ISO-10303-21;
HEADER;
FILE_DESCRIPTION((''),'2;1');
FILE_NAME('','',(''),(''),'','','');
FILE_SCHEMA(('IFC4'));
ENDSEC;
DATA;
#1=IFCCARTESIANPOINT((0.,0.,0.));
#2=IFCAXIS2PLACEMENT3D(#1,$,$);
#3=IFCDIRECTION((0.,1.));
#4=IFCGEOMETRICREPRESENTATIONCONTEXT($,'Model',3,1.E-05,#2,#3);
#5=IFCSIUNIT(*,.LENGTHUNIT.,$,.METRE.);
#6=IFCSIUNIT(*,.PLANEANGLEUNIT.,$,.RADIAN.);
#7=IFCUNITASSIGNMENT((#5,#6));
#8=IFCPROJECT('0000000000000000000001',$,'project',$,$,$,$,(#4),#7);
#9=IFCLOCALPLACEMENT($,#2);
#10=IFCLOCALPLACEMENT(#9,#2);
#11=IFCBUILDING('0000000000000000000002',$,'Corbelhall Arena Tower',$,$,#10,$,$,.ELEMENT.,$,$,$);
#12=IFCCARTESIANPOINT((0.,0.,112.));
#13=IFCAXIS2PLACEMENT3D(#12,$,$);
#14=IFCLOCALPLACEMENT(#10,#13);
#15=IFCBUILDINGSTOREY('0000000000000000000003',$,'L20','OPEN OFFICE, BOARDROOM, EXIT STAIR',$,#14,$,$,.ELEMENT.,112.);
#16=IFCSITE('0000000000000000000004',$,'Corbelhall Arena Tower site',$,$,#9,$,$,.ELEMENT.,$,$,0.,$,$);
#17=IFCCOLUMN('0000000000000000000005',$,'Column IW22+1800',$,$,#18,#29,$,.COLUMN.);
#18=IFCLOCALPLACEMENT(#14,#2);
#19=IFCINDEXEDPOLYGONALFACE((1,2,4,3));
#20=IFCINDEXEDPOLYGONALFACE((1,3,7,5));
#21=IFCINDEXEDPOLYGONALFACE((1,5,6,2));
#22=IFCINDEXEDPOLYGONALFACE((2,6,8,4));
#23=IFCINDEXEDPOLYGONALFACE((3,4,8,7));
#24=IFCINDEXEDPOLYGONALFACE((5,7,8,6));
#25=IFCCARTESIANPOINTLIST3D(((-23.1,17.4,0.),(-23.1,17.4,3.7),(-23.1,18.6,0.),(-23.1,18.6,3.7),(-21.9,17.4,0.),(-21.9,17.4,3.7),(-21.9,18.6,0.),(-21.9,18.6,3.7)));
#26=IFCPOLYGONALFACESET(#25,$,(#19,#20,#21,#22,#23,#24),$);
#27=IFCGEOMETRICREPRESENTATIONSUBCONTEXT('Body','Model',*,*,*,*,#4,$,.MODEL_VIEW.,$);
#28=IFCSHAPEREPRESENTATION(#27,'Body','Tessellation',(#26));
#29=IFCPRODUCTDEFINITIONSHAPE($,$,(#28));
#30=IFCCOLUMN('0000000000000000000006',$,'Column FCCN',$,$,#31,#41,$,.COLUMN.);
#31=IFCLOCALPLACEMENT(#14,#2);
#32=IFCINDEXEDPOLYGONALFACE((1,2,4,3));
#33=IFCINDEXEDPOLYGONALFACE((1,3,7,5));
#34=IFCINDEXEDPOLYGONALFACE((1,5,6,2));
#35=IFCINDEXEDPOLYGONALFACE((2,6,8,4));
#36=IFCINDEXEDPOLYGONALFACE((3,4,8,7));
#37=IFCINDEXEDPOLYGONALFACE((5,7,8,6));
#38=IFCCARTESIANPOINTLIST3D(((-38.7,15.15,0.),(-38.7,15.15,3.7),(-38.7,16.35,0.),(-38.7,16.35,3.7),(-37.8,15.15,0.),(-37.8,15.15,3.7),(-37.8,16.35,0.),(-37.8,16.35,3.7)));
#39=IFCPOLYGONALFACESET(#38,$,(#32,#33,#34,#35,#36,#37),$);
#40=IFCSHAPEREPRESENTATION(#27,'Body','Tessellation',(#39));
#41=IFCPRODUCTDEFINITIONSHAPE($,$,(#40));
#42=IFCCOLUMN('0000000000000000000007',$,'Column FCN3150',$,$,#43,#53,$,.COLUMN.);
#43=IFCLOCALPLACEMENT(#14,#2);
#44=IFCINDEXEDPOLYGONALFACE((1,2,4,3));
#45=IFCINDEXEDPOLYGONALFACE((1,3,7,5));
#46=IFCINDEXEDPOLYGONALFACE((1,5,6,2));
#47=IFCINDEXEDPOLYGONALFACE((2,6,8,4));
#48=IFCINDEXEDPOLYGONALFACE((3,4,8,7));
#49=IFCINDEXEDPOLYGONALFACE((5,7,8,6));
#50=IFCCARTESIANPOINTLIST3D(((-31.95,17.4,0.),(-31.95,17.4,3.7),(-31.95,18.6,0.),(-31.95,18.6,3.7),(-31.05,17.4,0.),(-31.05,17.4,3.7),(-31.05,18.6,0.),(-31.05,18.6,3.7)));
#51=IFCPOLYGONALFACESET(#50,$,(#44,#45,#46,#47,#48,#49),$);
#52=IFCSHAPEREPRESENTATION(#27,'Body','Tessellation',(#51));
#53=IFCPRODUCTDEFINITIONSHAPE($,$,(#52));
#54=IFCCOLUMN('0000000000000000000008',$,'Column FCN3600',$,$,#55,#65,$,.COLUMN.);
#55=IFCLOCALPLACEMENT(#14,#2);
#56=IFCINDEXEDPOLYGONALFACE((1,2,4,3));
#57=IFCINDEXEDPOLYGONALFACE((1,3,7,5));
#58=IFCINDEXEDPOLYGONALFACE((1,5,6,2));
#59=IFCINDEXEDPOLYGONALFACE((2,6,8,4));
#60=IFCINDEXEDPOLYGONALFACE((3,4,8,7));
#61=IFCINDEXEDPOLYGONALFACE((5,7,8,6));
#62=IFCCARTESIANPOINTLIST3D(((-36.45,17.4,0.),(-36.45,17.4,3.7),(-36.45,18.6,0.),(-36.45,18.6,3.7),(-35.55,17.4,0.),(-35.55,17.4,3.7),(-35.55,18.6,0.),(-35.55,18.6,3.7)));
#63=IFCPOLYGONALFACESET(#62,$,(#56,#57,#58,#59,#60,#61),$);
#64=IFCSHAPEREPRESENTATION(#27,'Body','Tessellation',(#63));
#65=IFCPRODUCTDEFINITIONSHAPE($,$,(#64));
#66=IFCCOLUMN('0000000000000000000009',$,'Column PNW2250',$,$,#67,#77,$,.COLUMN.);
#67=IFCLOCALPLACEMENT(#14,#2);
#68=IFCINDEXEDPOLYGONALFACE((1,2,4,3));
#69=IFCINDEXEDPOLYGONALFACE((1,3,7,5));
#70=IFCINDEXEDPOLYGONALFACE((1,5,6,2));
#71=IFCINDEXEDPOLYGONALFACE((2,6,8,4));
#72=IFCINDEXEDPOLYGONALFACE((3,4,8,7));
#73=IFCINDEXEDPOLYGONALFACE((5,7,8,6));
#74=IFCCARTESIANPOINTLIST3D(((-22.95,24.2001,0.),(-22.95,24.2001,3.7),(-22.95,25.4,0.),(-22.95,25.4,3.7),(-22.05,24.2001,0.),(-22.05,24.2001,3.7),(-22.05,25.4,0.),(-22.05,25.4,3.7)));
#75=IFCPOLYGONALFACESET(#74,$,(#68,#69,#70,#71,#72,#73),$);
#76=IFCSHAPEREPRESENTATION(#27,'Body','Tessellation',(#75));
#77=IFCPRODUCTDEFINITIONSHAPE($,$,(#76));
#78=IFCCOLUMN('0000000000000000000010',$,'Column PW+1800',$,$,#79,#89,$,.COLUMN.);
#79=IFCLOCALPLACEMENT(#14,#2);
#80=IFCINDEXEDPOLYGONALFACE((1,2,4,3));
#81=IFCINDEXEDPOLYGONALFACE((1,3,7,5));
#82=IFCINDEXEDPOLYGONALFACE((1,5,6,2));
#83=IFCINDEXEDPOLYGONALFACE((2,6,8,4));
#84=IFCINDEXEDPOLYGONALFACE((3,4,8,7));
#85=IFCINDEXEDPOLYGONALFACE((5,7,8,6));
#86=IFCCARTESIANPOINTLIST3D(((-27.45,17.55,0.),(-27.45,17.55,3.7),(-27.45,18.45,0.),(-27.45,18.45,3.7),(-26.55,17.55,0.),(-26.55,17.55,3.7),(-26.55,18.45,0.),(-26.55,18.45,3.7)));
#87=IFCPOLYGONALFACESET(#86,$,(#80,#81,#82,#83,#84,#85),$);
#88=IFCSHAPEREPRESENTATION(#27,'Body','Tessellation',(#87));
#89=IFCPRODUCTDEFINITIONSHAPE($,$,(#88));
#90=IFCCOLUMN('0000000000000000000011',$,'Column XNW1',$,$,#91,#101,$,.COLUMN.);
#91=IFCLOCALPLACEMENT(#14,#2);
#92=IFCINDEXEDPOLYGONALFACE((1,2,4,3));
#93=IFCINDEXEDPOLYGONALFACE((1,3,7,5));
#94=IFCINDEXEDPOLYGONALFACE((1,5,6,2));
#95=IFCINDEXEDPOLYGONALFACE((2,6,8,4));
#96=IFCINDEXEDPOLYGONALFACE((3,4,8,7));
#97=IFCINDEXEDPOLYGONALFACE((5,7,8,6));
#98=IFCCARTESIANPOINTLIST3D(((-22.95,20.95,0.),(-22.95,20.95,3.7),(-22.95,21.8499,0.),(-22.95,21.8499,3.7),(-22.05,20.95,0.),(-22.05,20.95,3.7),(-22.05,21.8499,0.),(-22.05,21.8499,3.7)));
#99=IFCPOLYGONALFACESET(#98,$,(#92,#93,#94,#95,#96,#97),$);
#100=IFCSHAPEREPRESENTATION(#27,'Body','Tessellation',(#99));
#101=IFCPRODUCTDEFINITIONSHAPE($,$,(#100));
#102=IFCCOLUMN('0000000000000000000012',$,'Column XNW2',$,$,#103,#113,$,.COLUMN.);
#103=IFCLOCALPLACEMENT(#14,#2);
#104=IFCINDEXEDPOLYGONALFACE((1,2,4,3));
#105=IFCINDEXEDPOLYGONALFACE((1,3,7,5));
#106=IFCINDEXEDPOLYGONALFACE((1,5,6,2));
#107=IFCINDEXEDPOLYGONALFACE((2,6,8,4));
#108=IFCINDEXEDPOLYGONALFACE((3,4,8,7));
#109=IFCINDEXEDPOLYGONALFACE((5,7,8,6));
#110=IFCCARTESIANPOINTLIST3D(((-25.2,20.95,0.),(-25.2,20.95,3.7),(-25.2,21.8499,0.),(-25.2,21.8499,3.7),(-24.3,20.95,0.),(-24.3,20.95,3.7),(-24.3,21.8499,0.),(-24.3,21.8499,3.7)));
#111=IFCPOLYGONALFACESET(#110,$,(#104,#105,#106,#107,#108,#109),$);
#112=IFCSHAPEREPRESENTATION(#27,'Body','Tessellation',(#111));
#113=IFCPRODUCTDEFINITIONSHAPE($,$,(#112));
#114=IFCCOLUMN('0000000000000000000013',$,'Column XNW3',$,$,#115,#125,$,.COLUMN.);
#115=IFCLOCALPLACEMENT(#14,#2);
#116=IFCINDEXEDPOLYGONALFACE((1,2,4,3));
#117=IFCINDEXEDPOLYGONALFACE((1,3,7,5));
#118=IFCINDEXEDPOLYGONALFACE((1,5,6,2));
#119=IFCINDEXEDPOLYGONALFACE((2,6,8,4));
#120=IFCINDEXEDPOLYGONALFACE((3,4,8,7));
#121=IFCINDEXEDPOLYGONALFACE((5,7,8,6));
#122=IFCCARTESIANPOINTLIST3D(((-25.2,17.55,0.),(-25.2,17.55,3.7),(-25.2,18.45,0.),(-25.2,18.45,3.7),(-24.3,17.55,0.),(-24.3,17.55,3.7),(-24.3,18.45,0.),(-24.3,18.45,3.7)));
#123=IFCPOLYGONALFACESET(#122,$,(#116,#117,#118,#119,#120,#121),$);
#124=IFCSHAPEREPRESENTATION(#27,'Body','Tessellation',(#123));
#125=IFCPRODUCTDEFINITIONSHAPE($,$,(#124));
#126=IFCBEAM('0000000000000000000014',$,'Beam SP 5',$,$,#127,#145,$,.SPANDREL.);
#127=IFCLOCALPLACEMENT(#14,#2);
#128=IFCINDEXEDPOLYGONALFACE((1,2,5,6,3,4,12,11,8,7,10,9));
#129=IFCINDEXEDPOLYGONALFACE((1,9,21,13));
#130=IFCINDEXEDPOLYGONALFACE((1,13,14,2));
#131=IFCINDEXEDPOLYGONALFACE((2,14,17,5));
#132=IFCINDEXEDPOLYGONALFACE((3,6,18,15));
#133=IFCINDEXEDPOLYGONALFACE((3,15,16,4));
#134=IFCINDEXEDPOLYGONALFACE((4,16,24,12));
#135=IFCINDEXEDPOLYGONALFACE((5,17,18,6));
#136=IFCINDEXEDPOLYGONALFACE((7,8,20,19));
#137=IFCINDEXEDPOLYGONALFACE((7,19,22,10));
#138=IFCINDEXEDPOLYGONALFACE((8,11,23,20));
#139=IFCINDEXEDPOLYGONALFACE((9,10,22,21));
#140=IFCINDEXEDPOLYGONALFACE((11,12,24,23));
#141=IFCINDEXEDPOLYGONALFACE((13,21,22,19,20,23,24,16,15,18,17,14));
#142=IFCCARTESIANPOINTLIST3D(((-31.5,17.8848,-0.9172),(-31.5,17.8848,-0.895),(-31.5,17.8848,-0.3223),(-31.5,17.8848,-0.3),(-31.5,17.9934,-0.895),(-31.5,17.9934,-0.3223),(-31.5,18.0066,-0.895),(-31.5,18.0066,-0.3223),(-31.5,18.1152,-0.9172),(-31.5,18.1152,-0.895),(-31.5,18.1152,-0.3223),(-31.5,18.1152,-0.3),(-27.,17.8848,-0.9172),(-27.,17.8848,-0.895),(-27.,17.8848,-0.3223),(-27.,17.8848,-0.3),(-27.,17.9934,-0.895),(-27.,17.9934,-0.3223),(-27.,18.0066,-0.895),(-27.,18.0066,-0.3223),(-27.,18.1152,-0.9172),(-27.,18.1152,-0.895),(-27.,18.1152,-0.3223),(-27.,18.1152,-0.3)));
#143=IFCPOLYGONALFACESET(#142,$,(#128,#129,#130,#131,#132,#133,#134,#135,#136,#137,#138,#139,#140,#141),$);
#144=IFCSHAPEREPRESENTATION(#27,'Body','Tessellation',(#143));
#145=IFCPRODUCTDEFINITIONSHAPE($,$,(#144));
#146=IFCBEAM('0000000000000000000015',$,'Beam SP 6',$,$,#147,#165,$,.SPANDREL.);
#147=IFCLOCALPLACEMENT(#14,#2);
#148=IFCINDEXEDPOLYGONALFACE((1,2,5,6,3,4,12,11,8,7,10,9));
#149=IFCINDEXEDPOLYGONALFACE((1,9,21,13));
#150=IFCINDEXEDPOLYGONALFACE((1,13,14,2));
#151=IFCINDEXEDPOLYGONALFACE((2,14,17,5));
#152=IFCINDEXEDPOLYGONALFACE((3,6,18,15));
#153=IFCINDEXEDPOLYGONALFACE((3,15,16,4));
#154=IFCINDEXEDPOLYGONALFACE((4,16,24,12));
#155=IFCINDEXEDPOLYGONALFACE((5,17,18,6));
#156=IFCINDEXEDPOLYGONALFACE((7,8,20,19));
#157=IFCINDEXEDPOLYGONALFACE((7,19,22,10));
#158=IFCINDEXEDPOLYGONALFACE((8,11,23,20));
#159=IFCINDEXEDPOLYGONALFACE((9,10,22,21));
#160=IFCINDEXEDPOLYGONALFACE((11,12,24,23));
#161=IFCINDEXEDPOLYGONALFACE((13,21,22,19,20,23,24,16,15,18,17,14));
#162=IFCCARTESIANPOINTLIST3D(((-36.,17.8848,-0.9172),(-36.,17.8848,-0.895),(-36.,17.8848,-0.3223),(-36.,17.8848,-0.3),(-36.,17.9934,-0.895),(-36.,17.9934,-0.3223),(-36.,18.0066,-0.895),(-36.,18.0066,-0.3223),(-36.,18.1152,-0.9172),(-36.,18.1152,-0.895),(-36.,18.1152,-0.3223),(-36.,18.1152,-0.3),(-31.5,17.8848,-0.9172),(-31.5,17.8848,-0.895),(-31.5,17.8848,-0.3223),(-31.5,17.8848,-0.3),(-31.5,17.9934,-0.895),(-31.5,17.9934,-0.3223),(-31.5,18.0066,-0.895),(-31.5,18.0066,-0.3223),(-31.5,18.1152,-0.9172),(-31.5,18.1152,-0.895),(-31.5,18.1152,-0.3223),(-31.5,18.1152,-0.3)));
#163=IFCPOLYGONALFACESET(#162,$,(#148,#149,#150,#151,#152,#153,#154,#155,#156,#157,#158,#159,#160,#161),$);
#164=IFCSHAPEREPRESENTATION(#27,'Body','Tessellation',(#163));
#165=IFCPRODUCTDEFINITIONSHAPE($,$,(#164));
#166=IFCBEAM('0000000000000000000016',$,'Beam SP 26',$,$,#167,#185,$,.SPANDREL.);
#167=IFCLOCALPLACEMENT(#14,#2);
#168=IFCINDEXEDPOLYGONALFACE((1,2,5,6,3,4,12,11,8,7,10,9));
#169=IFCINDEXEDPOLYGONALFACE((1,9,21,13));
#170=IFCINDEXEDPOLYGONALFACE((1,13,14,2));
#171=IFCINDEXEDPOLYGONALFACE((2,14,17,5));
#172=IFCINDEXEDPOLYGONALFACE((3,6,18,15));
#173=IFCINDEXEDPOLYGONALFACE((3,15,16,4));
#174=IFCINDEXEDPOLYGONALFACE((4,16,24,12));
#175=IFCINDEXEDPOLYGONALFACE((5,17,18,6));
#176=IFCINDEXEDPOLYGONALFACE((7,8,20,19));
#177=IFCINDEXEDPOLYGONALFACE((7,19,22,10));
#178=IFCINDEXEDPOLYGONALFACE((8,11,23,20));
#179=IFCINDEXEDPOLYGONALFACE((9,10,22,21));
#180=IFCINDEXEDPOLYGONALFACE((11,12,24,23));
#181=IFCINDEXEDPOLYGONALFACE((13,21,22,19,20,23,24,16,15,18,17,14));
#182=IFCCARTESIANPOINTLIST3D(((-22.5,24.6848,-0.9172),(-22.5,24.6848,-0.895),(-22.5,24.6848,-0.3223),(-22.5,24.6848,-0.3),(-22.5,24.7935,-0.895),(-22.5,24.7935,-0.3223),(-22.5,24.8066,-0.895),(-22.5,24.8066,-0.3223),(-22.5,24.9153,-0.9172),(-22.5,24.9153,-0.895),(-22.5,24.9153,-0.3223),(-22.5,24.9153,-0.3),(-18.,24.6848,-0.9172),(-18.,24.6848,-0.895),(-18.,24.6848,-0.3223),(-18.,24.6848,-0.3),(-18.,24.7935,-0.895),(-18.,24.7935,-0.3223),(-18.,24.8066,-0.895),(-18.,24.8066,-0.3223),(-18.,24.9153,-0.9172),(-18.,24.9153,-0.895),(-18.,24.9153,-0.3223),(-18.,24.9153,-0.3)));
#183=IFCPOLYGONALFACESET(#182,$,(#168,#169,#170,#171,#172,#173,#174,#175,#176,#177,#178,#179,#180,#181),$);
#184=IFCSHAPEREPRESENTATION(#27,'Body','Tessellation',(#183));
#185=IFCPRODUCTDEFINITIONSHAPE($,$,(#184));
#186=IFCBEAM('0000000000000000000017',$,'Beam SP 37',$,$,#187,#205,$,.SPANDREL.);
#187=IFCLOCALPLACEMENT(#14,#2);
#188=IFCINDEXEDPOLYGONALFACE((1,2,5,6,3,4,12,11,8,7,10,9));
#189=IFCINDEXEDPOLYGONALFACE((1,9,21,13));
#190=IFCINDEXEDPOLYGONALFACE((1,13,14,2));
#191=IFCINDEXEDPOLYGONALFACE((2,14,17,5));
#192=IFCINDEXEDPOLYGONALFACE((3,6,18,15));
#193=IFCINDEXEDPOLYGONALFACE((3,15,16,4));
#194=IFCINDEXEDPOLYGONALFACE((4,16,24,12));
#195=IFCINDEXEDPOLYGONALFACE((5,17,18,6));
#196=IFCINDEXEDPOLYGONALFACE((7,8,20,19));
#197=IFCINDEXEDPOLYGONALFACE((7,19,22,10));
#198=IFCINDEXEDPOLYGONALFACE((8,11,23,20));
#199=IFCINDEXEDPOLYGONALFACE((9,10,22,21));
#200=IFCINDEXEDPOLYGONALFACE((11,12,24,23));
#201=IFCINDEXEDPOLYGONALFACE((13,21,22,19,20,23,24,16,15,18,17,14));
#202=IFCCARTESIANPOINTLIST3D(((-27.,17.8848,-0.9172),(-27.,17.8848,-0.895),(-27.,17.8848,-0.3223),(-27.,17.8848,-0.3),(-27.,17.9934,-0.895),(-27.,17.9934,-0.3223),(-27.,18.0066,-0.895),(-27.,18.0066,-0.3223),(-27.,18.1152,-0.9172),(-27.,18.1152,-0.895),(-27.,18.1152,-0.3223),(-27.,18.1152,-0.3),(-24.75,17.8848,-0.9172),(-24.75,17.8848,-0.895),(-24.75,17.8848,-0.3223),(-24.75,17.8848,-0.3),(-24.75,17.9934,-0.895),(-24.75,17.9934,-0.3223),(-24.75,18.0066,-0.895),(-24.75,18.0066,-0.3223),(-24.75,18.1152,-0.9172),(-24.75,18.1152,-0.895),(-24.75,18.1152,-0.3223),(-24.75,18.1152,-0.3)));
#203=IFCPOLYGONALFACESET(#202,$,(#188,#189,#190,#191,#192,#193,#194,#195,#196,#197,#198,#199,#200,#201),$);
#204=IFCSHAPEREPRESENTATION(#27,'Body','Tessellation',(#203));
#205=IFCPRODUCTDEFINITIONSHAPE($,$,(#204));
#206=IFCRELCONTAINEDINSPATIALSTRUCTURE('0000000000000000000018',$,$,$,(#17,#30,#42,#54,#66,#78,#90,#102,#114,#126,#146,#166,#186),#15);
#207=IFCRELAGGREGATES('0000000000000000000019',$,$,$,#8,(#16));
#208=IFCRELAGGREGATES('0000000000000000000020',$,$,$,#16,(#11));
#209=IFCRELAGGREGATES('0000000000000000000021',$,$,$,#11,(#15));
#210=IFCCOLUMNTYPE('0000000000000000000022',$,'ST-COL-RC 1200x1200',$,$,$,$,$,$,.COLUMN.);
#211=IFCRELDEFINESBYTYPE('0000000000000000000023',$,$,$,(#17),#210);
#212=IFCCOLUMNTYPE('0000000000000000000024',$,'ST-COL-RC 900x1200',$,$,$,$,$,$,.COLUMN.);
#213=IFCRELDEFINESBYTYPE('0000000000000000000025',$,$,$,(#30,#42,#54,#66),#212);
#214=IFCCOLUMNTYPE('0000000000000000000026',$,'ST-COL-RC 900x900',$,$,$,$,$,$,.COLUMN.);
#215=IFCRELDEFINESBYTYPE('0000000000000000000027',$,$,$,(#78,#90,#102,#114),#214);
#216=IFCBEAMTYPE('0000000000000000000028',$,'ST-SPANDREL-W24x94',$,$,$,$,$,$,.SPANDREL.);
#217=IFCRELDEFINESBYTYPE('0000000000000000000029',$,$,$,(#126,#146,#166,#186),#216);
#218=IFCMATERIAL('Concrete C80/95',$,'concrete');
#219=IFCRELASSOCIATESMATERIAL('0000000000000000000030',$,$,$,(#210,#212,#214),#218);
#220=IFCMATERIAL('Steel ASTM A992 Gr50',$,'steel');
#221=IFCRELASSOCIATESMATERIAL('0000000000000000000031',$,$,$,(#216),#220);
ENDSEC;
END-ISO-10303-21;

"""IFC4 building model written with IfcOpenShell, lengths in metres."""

from ifc_helpers import new_model, si_unit, direction, frame, origin, origin_2d, place, context, subcontext, project, spatial, rectangle, i_section, extrude, material, material_profile, profile_set, type_object, element, save


model = new_model("IFC4")

# Units and contexts
model_context = context("Model", 3, precision=1e-05, world=origin(), true_north=direction((0.0, 1.0)))
body_context = subcontext(model_context, "Body", "Model", "MODEL_VIEW")
ifc_project = project(units=[si_unit("LENGTHUNIT", "METRE"), si_unit("PLANEANGLEUNIT", "RADIAN")], contexts=[model_context])

# Site, building, storey
site_placement = place(None, origin())
site = spatial("IfcSite", under=ifc_project, at=site_placement, Name="Corbelhall Arena Tower site", CompositionType="ELEMENT", RefElevation=0.0)
building_placement = place(site_placement, origin())
building = spatial("IfcBuilding", under=site, at=building_placement, Name="Corbelhall Arena Tower", CompositionType="ELEMENT")
storey_placement = place(building_placement, frame((0.0, 0.0, 112.0)))
storey = spatial("IfcBuildingStorey", under=building, at=storey_placement, Name="L20", Description="OPEN OFFICE, BOARDROOM, EXIT STAIR", CompositionType="ELEMENT", Elevation=112.0)

# Columns
ifc_material_1 = material(Name="Concrete C80/95", Category="concrete")
ifc_material_profile_1 = material_profile(ifc_material_1, rectangle(XDim=1.2, YDim=1.2, at=origin_2d()))
ifc_profile_set_1 = profile_set([ifc_material_profile_1], Name="Concrete C80/95")
column_type_1 = type_object("IfcColumnType", Name="ST-COL-RC 1200x1200", PredefinedType="COLUMN", material=ifc_profile_set_1)
column_placement = place(storey_placement, frame((-22.5, 18.0, 0.0), z_axis=(0.0, 0.0, 1.0), x_axis=(1.0, 0.0, 0.0)))
element("IfcColumn", 1, at=column_placement, inside=storey, type_object=column_type_1, Name="Column IW22+1800", PredefinedType="COLUMN", context=body_context, shape_type="SweptSolid", body=[
    extrude(rectangle(XDim=1.2, YDim=1.2, at=origin_2d()), origin(), (0.0, 0.0, 1.0), 3.7),
])
ifc_material_profile_2 = material_profile(ifc_material_1, rectangle(XDim=0.8999, YDim=1.2, at=origin_2d()))
ifc_profile_set_2 = profile_set([ifc_material_profile_2], Name="Concrete C80/95")
column_type_2 = type_object("IfcColumnType", Name="ST-COL-RC 900x1200", PredefinedType="COLUMN", material=ifc_profile_set_2)
for number, where, z_axis, x_axis, name in (
    (2, (-38.25, 15.75, 0.0), (0.0, 0.0, 1.0), (1.0, 0.0, 0.0), "Column FCCN"),
    (3, (-31.5, 18.0, 0.0), (0.0, 0.0, 1.0), (1.0, 0.0, 0.0), "Column FCN3150"),
    (4, (-36.0, 18.0, 0.0), (0.0, 0.0, 1.0), (1.0, 0.0, 0.0), "Column FCN3600"),
    (5, (-22.5, 24.8, 0.0), (0.0, 0.0, 1.0), (1.0, 0.0, 0.0), "Column PNW2250"),
):
    element("IfcColumn", number, at=place(storey_placement, frame(where, z_axis=z_axis, x_axis=x_axis)), inside=storey, type_object=column_type_2, Name=name, PredefinedType="COLUMN", context=body_context, shape_type="SweptSolid", body=[
        extrude(rectangle(XDim=0.8999, YDim=1.2, at=origin_2d()), origin(), (0.0, 0.0, 1.0), 3.7),
    ])
ifc_material_profile_3 = material_profile(ifc_material_1, rectangle(XDim=0.8999, YDim=0.8999, at=origin_2d()))
ifc_profile_set_3 = profile_set([ifc_material_profile_3], Name="Concrete C80/95")
column_type_3 = type_object("IfcColumnType", Name="ST-COL-RC 900x900", PredefinedType="COLUMN", material=ifc_profile_set_3)
for number, where, z_axis, x_axis, name in (
    (6, (-27.0, 18.0, 0.0), (0.0, 0.0, 1.0), (1.0, 0.0, 0.0), "Column PW+1800"),
    (7, (-22.5, 21.3999, 0.0), (0.0, 0.0, 1.0), (1.0, 0.0, 0.0), "Column XNW1"),
    (8, (-24.75, 21.3999, 0.0), (0.0, 0.0, 1.0), (1.0, 0.0, 0.0), "Column XNW2"),
    (9, (-24.75, 18.0, 0.0), (0.0, 0.0, 1.0), (1.0, 0.0, 0.0), "Column XNW3"),
):
    element("IfcColumn", number, at=place(storey_placement, frame(where, z_axis=z_axis, x_axis=x_axis)), inside=storey, type_object=column_type_3, Name=name, PredefinedType="COLUMN", context=body_context, shape_type="SweptSolid", body=[
        extrude(rectangle(XDim=0.8999, YDim=0.8999, at=origin_2d()), origin(), (0.0, 0.0, 1.0), 3.7),
    ])

# Beams
ifc_material_2 = material(Name="Steel ASTM A992 Gr50", Category="steel")
ifc_material_profile_4 = material_profile(ifc_material_2, i_section(OverallWidth=0.2305, OverallDepth=0.6172, WebThickness=0.0132, FlangeThickness=0.0222, at=origin_2d()))
ifc_profile_set_4 = profile_set([ifc_material_profile_4], Name="Steel ASTM A992 Gr50")
beam_type = type_object("IfcBeamType", Name="ST-SPANDREL-W24x94", PredefinedType="SPANDREL", material=ifc_profile_set_4)
for number, where, z_axis, x_axis, name in (
    (10, (-31.5, 18.0, -0.6086), (1.0, 0.0, 0.0), (0.0, 1.0, 0.0), "Beam SP 5"),
    (11, (-36.0, 18.0, -0.6086), (1.0, 0.0, 0.0), (0.0, 1.0, 0.0), "Beam SP 6"),
    (12, (-22.5, 24.8, -0.6086), (1.0, 0.0, 0.0), (0.0, 1.0, 0.0), "Beam SP 26"),
):
    element("IfcBeam", number, at=place(storey_placement, frame(where, z_axis=z_axis, x_axis=x_axis)), inside=storey, type_object=beam_type, Name=name, PredefinedType="SPANDREL", context=body_context, shape_type="SweptSolid", body=[
        extrude(i_section(OverallWidth=0.2305, OverallDepth=0.6172, WebThickness=0.0132, FlangeThickness=0.0222, at=origin_2d()), origin(), (0.0, 0.0, 1.0), 4.5),
    ])
beam_1_placement = place(storey_placement, frame((-27.0, 18.0, -0.6086), z_axis=(1.0, 0.0, 0.0), x_axis=(0.0, 1.0, 0.0)))
element("IfcBeam", 13, at=beam_1_placement, inside=storey, type_object=beam_type, Name="Beam SP 37", PredefinedType="SPANDREL", context=body_context, shape_type="SweptSolid", body=[
    extrude(i_section(OverallWidth=0.2305, OverallDepth=0.6172, WebThickness=0.0132, FlangeThickness=0.0222, at=origin_2d()), origin(), (0.0, 0.0, 1.0), 2.25),
])

save(model, "model.ifc")
